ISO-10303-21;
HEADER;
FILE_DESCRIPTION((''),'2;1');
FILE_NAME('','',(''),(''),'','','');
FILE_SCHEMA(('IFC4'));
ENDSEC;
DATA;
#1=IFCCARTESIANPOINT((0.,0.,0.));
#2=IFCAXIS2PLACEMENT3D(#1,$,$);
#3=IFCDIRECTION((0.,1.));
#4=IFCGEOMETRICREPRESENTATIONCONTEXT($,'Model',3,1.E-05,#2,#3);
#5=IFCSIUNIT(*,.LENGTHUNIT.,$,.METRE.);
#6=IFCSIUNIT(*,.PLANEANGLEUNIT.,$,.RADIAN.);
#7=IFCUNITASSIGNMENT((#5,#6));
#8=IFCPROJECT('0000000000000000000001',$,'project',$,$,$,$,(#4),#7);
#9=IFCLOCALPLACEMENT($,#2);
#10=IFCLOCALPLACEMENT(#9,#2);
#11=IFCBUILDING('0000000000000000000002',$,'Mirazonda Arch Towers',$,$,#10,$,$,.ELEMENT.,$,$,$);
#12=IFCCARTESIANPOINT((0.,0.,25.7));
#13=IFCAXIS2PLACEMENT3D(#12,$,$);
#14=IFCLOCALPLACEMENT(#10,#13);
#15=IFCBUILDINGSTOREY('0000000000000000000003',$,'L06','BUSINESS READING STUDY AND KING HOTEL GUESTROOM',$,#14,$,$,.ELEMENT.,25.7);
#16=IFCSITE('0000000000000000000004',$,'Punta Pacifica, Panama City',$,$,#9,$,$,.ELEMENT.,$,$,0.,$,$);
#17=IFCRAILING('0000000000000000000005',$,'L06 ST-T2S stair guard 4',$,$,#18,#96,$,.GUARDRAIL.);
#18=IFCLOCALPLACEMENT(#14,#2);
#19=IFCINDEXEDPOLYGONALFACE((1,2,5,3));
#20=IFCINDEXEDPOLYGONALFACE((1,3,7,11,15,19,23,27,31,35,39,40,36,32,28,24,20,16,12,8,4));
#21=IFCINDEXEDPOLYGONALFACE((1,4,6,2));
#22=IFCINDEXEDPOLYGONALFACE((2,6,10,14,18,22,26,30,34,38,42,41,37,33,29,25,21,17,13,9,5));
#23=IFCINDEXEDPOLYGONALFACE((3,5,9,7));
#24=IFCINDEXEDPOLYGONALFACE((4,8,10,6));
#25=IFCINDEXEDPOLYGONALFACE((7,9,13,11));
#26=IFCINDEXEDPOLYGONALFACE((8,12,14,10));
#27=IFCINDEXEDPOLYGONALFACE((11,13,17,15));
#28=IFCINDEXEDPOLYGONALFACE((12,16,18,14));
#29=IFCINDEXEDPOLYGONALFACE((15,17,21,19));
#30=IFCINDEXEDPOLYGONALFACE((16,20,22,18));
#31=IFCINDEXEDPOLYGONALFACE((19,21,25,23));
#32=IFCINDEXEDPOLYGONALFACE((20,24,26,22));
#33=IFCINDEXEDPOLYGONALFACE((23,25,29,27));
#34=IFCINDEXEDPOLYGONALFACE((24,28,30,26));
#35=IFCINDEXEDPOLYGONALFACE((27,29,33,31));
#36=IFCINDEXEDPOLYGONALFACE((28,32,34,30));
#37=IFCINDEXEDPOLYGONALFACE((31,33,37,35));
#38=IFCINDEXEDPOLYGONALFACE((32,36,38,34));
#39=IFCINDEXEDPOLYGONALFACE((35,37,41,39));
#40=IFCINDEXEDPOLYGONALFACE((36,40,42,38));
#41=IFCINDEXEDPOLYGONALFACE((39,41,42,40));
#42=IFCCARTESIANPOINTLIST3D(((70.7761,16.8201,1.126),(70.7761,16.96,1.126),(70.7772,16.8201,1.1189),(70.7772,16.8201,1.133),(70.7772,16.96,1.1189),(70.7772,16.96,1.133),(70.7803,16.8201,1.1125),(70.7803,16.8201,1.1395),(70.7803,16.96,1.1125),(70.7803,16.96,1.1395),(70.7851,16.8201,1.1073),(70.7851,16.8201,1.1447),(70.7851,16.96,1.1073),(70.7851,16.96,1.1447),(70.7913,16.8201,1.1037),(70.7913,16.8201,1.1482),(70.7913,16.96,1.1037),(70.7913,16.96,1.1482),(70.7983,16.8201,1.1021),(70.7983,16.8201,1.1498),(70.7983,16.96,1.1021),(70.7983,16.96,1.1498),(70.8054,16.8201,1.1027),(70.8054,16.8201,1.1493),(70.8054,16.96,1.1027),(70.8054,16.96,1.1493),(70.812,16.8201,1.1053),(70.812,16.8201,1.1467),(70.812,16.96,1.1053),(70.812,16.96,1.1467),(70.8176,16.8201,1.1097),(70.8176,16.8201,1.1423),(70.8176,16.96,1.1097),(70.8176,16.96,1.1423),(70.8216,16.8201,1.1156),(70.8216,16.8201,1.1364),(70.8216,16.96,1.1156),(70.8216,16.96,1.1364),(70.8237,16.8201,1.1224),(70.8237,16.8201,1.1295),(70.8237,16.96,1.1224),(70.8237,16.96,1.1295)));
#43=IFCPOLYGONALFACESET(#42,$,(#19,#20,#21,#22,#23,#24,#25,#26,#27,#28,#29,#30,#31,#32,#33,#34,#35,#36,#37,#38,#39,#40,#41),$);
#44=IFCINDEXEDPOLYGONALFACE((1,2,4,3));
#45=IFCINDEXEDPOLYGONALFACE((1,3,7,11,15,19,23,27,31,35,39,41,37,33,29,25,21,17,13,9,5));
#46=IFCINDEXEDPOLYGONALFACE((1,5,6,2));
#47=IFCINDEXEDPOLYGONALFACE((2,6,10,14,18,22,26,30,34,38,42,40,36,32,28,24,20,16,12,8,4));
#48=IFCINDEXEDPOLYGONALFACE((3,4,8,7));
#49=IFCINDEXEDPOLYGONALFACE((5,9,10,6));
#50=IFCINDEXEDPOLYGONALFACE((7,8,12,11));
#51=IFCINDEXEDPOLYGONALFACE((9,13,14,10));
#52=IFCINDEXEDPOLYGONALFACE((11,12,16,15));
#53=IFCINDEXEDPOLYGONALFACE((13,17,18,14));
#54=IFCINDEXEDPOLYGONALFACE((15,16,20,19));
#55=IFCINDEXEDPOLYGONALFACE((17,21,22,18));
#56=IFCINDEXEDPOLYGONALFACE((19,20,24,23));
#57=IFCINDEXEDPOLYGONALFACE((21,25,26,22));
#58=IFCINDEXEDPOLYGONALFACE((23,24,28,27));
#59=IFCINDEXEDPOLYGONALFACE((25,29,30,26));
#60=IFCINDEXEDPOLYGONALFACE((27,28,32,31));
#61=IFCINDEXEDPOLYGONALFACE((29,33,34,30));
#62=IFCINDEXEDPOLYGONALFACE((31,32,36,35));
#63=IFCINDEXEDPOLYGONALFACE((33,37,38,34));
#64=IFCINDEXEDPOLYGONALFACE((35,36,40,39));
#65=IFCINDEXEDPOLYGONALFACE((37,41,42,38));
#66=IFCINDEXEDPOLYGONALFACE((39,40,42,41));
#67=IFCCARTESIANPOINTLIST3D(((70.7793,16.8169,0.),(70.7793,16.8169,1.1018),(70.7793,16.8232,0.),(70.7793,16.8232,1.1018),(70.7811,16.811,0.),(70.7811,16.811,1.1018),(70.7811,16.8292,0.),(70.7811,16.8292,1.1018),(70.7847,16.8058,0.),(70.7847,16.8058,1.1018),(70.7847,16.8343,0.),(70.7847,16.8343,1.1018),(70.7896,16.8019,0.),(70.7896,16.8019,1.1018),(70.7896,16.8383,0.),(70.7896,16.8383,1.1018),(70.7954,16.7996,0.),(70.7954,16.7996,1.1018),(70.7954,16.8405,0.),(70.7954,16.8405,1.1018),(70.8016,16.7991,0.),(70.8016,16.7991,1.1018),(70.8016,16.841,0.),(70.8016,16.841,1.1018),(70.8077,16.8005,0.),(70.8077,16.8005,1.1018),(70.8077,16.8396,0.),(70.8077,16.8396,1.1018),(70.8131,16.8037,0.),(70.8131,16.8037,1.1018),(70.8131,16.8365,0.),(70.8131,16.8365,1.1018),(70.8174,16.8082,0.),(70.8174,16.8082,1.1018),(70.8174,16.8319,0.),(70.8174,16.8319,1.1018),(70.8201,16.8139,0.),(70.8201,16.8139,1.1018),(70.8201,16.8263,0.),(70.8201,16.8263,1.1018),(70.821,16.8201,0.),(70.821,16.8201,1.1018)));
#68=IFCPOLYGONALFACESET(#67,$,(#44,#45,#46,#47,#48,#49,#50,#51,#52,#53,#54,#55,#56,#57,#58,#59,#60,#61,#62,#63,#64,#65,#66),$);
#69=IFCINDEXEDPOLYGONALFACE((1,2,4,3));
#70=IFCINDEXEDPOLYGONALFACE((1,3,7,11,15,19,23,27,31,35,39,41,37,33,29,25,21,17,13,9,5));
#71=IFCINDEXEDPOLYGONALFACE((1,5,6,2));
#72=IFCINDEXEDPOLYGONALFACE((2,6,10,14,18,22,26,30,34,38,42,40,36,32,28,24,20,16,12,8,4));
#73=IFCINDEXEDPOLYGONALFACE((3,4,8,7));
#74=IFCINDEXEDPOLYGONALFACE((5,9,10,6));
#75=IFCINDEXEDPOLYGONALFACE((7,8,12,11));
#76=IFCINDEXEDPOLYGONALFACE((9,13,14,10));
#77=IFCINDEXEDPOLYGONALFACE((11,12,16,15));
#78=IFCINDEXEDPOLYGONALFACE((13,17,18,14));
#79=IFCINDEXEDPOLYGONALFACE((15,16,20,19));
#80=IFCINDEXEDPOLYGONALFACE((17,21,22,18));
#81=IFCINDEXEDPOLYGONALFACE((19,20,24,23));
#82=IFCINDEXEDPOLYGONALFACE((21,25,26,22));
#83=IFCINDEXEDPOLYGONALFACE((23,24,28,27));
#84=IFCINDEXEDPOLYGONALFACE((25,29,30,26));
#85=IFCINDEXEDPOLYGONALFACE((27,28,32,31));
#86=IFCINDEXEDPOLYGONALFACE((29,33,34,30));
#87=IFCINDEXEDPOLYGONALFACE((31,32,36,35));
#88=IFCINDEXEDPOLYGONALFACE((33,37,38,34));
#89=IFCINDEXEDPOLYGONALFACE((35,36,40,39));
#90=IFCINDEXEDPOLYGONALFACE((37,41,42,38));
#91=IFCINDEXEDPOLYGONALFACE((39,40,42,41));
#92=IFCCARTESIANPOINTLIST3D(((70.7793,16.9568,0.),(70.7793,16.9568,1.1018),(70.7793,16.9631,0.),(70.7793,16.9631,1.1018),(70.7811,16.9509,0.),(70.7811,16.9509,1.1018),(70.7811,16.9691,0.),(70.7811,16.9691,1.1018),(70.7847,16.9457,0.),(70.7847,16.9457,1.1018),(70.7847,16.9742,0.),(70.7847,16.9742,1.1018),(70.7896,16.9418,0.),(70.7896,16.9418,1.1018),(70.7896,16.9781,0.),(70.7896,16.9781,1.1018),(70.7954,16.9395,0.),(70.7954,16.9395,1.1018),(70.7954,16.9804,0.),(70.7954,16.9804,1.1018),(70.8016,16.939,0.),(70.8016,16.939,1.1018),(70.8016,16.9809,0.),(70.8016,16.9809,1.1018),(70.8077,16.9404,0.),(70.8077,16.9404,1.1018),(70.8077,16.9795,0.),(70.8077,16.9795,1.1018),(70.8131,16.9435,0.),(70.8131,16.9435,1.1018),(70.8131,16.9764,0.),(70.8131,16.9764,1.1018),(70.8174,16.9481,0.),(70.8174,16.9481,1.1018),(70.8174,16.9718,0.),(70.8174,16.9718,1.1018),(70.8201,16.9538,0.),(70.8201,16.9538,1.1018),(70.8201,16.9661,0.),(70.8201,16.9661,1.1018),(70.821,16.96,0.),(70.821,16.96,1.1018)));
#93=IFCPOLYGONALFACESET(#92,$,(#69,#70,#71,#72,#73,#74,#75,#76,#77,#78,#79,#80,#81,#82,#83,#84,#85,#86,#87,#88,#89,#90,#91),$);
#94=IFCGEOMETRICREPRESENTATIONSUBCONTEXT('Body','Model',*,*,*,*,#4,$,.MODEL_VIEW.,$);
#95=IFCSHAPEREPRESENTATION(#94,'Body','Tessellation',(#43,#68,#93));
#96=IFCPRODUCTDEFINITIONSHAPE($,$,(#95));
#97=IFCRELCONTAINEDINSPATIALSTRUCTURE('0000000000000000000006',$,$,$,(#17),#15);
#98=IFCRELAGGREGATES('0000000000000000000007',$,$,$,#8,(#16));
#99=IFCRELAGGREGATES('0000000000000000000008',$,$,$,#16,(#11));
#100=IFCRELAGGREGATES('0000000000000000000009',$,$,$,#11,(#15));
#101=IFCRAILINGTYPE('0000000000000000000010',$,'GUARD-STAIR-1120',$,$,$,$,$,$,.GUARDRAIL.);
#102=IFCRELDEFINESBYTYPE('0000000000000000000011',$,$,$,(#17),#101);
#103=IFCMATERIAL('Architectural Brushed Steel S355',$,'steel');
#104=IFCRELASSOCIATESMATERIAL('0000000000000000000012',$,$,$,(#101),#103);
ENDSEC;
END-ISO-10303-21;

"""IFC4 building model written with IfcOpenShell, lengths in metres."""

from ifc_helpers import new_model, si_unit, direction, frame, origin, origin_2d, place, context, subcontext, project, spatial, circle, extrude, material, type_object, element, save


model = new_model("IFC4")

# Units and contexts
model_context = context("Model", 3, precision=1e-05, world=origin(), true_north=direction((0.0, 1.0)))
body_context = subcontext(model_context, "Body", "Model", "MODEL_VIEW")
ifc_project = project(units=[si_unit("LENGTHUNIT", "METRE"), si_unit("PLANEANGLEUNIT", "RADIAN")], contexts=[model_context])

# Site, building, storey
site_placement = place(None, origin())
site = spatial("IfcSite", under=ifc_project, at=site_placement, Name="Punta Pacifica, Panama City", CompositionType="ELEMENT", RefElevation=0.0)
building_placement = place(site_placement, origin())
building = spatial("IfcBuilding", under=site, at=building_placement, Name="Mirazonda Arch Towers", CompositionType="ELEMENT")
storey_placement = place(building_placement, frame((0.0, 0.0, 25.7)))
storey = spatial("IfcBuildingStorey", under=building, at=storey_placement, Name="L06", Description="BUSINESS READING STUDY AND KING HOTEL GUESTROOM", CompositionType="ELEMENT", Elevation=25.7)

# Shared definitions
ifc_material_1 = material(Name="Architectural Brushed Steel S355", Category="steel")

# Railing
railing_type = type_object("IfcRailingType", Name="GUARD-STAIR-1120", PredefinedType="GUARDRAIL", material=ifc_material_1)
railing_1_placement = place(storey_placement, frame((70.8, 16.8201, 0.0)))
element("IfcRailing", 1, at=railing_1_placement, inside=storey, type_object=railing_type, Name="L06 ST-T2S stair guard 4", PredefinedType="GUARDRAIL", context=body_context, shape_type="SweptSolid", body=[
    extrude(circle(Radius=0.0239, at=origin_2d()), frame((0.0, 0.0, 1.126), z_axis=(0.0, 1.0, 0.0), x_axis=(-1.0, 0.0, 0.0)), (0.0, 0.0, 1.0), 0.1399),
    extrude(circle(Radius=0.021, at=origin_2d()), origin(), (0.0, 0.0, 1.0), 1.1018),
    extrude(circle(Radius=0.021, at=origin_2d()), frame((0.0, 0.1399, 0.0)), (0.0, 0.0, 1.0), 1.1018),
])

save(model, "model.ifc")
